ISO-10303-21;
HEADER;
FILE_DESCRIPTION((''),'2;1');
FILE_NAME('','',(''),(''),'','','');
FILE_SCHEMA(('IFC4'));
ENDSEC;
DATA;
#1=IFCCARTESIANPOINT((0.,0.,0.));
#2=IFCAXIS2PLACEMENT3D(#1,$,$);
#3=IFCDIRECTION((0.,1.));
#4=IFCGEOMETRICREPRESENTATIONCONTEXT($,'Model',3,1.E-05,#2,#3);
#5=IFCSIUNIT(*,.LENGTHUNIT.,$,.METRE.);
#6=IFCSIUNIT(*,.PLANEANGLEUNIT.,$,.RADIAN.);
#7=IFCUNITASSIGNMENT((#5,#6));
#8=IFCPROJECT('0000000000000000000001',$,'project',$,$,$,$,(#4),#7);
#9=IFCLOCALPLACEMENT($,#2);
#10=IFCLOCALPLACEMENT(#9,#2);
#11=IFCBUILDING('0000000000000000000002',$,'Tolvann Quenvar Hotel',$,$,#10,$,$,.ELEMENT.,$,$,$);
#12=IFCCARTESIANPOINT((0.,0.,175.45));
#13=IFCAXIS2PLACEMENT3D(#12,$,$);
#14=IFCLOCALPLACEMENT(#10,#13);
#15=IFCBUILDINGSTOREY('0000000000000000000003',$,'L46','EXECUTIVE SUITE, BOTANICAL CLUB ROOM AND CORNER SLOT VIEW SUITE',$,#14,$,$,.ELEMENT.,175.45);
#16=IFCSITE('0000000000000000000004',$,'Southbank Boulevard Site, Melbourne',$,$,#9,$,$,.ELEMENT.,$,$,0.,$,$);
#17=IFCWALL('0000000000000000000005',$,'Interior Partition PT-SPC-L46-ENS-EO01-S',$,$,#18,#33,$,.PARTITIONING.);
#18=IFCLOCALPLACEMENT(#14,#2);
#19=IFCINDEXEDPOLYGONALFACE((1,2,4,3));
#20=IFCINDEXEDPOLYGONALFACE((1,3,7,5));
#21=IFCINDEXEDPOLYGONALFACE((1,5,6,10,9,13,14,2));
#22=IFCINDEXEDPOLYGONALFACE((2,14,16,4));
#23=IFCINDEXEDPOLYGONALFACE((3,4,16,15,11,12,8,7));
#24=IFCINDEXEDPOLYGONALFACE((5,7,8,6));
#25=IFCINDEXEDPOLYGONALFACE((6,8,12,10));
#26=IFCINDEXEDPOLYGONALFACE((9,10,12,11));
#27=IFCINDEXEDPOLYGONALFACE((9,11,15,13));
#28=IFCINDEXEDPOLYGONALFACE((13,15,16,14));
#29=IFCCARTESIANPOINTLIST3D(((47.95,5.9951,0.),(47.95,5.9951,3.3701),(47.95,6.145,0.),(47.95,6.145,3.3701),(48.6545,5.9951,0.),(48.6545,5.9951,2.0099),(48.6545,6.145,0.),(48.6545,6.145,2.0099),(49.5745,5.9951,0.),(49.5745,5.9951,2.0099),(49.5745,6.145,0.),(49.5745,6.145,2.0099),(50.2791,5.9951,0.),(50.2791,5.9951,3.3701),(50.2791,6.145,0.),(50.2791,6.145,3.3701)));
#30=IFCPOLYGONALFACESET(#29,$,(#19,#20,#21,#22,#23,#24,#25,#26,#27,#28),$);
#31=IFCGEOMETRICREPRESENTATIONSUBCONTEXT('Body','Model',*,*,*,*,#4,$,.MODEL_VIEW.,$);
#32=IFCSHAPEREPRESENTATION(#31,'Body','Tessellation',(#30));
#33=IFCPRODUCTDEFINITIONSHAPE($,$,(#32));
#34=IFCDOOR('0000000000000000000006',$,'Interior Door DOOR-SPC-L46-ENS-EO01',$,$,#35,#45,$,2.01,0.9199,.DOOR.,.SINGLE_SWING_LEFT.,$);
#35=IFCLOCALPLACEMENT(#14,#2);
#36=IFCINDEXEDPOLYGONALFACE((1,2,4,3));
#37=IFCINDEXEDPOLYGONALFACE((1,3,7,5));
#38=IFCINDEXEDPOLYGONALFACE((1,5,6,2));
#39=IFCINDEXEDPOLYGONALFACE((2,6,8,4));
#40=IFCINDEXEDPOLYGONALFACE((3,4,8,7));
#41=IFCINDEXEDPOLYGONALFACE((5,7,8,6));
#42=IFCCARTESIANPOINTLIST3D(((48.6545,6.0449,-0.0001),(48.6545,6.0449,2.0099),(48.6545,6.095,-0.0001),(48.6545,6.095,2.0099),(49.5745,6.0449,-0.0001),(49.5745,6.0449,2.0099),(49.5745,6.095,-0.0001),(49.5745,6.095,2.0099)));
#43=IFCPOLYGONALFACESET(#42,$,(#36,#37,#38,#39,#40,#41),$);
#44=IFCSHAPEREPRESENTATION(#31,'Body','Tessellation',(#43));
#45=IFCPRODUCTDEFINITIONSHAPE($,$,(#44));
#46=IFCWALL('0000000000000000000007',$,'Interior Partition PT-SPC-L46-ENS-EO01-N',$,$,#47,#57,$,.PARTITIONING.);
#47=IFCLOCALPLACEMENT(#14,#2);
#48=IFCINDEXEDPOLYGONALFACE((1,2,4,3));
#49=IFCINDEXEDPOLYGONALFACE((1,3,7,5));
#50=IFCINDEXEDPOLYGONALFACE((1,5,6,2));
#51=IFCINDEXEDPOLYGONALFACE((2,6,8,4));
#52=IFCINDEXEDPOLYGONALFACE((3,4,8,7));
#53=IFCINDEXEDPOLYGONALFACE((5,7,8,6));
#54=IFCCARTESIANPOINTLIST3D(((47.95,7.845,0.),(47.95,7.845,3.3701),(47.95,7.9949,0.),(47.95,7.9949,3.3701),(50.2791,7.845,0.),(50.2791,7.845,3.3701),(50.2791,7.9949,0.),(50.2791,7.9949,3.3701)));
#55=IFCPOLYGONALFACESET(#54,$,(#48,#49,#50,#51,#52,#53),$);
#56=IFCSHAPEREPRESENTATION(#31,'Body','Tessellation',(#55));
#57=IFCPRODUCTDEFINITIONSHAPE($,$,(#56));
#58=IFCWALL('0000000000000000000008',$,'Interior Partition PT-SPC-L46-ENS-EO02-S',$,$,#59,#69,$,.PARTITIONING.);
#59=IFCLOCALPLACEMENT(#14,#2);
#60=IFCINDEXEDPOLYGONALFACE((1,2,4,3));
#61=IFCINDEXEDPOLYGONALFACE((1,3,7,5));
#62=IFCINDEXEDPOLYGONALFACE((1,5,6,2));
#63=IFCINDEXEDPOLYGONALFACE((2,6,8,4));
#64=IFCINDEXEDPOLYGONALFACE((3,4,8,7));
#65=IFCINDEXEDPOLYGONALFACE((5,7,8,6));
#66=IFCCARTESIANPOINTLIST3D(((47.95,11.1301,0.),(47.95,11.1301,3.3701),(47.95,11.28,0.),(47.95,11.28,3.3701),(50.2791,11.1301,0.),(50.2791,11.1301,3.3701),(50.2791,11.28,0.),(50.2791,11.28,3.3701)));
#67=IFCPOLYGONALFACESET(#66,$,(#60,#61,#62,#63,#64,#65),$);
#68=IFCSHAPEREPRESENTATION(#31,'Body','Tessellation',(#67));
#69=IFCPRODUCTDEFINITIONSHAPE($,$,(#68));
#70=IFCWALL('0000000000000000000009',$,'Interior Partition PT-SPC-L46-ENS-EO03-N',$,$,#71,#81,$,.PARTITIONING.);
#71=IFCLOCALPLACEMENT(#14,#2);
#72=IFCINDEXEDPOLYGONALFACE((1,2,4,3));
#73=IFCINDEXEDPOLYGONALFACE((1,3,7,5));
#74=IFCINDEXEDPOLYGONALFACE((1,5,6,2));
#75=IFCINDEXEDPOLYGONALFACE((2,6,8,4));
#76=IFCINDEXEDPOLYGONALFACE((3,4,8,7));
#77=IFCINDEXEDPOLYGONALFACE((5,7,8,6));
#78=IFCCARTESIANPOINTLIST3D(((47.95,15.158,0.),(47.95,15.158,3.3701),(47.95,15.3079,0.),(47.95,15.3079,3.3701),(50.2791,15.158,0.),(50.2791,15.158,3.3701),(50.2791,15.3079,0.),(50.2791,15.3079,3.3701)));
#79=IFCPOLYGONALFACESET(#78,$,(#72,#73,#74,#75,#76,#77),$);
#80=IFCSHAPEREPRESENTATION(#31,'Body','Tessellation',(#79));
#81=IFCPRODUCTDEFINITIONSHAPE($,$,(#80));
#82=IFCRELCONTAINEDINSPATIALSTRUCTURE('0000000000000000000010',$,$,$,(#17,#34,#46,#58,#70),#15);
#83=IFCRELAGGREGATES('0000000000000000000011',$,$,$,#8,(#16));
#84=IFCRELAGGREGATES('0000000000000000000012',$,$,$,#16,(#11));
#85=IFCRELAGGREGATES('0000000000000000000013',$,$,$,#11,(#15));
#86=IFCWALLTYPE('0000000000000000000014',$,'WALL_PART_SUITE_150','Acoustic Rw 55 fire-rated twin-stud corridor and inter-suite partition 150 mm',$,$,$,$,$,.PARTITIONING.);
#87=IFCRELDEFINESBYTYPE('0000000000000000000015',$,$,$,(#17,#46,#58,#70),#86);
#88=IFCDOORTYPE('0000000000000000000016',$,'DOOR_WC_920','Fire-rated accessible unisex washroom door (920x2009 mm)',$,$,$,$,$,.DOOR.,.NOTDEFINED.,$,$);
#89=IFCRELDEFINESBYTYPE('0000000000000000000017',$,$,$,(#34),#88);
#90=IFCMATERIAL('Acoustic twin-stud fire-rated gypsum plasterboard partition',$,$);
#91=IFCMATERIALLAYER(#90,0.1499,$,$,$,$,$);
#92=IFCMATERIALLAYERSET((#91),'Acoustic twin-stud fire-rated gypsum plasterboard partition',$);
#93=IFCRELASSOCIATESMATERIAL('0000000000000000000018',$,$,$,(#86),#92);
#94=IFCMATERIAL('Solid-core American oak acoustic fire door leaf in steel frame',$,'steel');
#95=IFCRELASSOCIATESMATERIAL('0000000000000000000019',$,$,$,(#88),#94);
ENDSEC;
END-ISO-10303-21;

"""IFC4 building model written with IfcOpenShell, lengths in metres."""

from ifc_helpers import new_model, si_unit, direction, frame, frame_2d, origin, place, context, subcontext, project, spatial, rectangle, extrude, source, transform, mapped, material, layer, layer_set, type_object, type_shapes, element, fill, save


model = new_model("IFC4")

# Units and contexts
model_context = context("Model", 3, precision=1e-05, world=origin(), true_north=direction((0.0, 1.0)))
body_context = subcontext(model_context, "Body", "Model", "MODEL_VIEW")
ifc_project = project(units=[si_unit("LENGTHUNIT", "METRE"), si_unit("PLANEANGLEUNIT", "RADIAN")], contexts=[model_context])

# Site, building, storey
site_placement = place(None, origin())
site = spatial("IfcSite", under=ifc_project, at=site_placement, Name="Southbank Boulevard Site, Melbourne", CompositionType="ELEMENT", RefElevation=0.0)
building_placement = place(site_placement, origin())
building = spatial("IfcBuilding", under=site, at=building_placement, Name="Tolvann Quenvar Hotel", CompositionType="ELEMENT")
storey_placement = place(building_placement, frame((0.0, 0.0, 175.45)))
storey = spatial("IfcBuildingStorey", under=building, at=storey_placement, Name="L46", Description="EXECUTIVE SUITE, BOTANICAL CLUB ROOM AND CORNER SLOT VIEW SUITE", CompositionType="ELEMENT", Elevation=175.45)

# Wall, opening, door
ifc_material_1 = material(Name="Acoustic twin-stud fire-rated gypsum plasterboard partition")
ifc_layer_1 = layer(ifc_material_1, 0.1499)
ifc_layer_set_1 = layer_set([ifc_layer_1], Name="Acoustic twin-stud fire-rated gypsum plasterboard partition")
wall_type_1 = type_object("IfcWallType", Name="WALL_PART_SUITE_150", Description="Acoustic Rw 55 fire-rated twin-stud corridor and inter-suite partition 150 mm", PredefinedType="PARTITIONING", material=ifc_layer_set_1)
ifc_material_2 = material(Name="Solid-core American oak acoustic fire door leaf in steel frame", Category="steel")
door_type_1 = type_object("IfcDoorType", Name="DOOR_WC_920", Description="Fire-rated accessible unisex washroom door (920x2009 mm)", OperationType="NOTDEFINED", PredefinedType="DOOR", material=ifc_material_2)
shared_shape_1 = source(origin(), body_context, "Body", "SweptSolid", [
    extrude(rectangle(XDim=0.9199, YDim=2.01, at=frame_2d((0.46, 1.0049))), frame((0.0, 0.0249, 0.0), z_axis=(0.0, -1.0, 0.0), x_axis=(1.0, 0.0, 0.0)), (0.0, 0.0, 1.0), 0.05),
])
type_shapes(door_type_1, [shared_shape_1])
wall_1_placement = place(storey_placement, frame((47.95, 6.0701, 0.0), z_axis=(0.0, 0.0, 1.0), x_axis=(1.0, 0.0, 0.0)))
wall_1 = element("IfcWall", 1, at=wall_1_placement, inside=storey, type_object=wall_type_1, Name="Interior Partition PT-SPC-L46-ENS-EO01-S", PredefinedType="PARTITIONING", context=body_context, shape_type="SweptSolid", body=[
    extrude(rectangle(XDim=2.3291, YDim=0.1499, at=frame_2d((1.1646, 0.0))), origin(), (0.0, 0.0, 1.0), 3.3701),
])
opening_1_placement = place(wall_1_placement, frame((0.7046, 0.0, 0.0)))
opening_1 = element("IfcOpeningElement", 2, at=opening_1_placement, cuts=wall_1, PredefinedType="OPENING", context=body_context, shape_type="SweptSolid", body=[
    extrude(rectangle(XDim=0.9199, YDim=2.01, at=frame_2d((0.46, 1.0049))), frame((0.0, 0.085, 0.0), z_axis=(0.0, -1.0, 0.0), x_axis=(1.0, 0.0, 0.0)), (0.0, 0.0, 1.0), 0.1699),
])
door_1_placement = place(opening_1_placement, origin())
door_1 = element("IfcDoor", 3, at=door_1_placement, inside=storey, type_object=door_type_1, Name="Interior Door DOOR-SPC-L46-ENS-EO01", OperationType="SINGLE_SWING_LEFT", OverallHeight=2.01, OverallWidth=0.9199, PredefinedType="DOOR", context=body_context, shape_type="MappedRepresentation", body=[
    mapped(shared_shape_1, transform((0.0, 0.0, 0.0), x_axis=(1.0, 0.0, 0.0), y_axis=(0.0, 1.0, 0.0), z_axis=(0.0, 0.0, 1.0), scale=1.0)),
])
fill(opening_1, door_1)

# Walls
for number, where, z_axis, x_axis, name in (
    (4, (47.95, 7.9199, 0.0), (0.0, 0.0, 1.0), (1.0, 0.0, 0.0), "Interior Partition PT-SPC-L46-ENS-EO01-N"),
    (5, (47.95, 11.2051, 0.0), (0.0, 0.0, 1.0), (1.0, 0.0, 0.0), "Interior Partition PT-SPC-L46-ENS-EO02-S"),
    (6, (47.95, 15.2329, 0.0), (0.0, 0.0, 1.0), (1.0, 0.0, 0.0), "Interior Partition PT-SPC-L46-ENS-EO03-N"),
):
    element("IfcWall", number, at=place(storey_placement, frame(where, z_axis=z_axis, x_axis=x_axis)), inside=storey, type_object=wall_type_1, Name=name, PredefinedType="PARTITIONING", context=body_context, shape_type="SweptSolid", body=[
        extrude(rectangle(XDim=2.3291, YDim=0.1499, at=frame_2d((1.1646, 0.0))), origin(), (0.0, 0.0, 1.0), 3.3701),
    ])

save(model, "model.ifc")
